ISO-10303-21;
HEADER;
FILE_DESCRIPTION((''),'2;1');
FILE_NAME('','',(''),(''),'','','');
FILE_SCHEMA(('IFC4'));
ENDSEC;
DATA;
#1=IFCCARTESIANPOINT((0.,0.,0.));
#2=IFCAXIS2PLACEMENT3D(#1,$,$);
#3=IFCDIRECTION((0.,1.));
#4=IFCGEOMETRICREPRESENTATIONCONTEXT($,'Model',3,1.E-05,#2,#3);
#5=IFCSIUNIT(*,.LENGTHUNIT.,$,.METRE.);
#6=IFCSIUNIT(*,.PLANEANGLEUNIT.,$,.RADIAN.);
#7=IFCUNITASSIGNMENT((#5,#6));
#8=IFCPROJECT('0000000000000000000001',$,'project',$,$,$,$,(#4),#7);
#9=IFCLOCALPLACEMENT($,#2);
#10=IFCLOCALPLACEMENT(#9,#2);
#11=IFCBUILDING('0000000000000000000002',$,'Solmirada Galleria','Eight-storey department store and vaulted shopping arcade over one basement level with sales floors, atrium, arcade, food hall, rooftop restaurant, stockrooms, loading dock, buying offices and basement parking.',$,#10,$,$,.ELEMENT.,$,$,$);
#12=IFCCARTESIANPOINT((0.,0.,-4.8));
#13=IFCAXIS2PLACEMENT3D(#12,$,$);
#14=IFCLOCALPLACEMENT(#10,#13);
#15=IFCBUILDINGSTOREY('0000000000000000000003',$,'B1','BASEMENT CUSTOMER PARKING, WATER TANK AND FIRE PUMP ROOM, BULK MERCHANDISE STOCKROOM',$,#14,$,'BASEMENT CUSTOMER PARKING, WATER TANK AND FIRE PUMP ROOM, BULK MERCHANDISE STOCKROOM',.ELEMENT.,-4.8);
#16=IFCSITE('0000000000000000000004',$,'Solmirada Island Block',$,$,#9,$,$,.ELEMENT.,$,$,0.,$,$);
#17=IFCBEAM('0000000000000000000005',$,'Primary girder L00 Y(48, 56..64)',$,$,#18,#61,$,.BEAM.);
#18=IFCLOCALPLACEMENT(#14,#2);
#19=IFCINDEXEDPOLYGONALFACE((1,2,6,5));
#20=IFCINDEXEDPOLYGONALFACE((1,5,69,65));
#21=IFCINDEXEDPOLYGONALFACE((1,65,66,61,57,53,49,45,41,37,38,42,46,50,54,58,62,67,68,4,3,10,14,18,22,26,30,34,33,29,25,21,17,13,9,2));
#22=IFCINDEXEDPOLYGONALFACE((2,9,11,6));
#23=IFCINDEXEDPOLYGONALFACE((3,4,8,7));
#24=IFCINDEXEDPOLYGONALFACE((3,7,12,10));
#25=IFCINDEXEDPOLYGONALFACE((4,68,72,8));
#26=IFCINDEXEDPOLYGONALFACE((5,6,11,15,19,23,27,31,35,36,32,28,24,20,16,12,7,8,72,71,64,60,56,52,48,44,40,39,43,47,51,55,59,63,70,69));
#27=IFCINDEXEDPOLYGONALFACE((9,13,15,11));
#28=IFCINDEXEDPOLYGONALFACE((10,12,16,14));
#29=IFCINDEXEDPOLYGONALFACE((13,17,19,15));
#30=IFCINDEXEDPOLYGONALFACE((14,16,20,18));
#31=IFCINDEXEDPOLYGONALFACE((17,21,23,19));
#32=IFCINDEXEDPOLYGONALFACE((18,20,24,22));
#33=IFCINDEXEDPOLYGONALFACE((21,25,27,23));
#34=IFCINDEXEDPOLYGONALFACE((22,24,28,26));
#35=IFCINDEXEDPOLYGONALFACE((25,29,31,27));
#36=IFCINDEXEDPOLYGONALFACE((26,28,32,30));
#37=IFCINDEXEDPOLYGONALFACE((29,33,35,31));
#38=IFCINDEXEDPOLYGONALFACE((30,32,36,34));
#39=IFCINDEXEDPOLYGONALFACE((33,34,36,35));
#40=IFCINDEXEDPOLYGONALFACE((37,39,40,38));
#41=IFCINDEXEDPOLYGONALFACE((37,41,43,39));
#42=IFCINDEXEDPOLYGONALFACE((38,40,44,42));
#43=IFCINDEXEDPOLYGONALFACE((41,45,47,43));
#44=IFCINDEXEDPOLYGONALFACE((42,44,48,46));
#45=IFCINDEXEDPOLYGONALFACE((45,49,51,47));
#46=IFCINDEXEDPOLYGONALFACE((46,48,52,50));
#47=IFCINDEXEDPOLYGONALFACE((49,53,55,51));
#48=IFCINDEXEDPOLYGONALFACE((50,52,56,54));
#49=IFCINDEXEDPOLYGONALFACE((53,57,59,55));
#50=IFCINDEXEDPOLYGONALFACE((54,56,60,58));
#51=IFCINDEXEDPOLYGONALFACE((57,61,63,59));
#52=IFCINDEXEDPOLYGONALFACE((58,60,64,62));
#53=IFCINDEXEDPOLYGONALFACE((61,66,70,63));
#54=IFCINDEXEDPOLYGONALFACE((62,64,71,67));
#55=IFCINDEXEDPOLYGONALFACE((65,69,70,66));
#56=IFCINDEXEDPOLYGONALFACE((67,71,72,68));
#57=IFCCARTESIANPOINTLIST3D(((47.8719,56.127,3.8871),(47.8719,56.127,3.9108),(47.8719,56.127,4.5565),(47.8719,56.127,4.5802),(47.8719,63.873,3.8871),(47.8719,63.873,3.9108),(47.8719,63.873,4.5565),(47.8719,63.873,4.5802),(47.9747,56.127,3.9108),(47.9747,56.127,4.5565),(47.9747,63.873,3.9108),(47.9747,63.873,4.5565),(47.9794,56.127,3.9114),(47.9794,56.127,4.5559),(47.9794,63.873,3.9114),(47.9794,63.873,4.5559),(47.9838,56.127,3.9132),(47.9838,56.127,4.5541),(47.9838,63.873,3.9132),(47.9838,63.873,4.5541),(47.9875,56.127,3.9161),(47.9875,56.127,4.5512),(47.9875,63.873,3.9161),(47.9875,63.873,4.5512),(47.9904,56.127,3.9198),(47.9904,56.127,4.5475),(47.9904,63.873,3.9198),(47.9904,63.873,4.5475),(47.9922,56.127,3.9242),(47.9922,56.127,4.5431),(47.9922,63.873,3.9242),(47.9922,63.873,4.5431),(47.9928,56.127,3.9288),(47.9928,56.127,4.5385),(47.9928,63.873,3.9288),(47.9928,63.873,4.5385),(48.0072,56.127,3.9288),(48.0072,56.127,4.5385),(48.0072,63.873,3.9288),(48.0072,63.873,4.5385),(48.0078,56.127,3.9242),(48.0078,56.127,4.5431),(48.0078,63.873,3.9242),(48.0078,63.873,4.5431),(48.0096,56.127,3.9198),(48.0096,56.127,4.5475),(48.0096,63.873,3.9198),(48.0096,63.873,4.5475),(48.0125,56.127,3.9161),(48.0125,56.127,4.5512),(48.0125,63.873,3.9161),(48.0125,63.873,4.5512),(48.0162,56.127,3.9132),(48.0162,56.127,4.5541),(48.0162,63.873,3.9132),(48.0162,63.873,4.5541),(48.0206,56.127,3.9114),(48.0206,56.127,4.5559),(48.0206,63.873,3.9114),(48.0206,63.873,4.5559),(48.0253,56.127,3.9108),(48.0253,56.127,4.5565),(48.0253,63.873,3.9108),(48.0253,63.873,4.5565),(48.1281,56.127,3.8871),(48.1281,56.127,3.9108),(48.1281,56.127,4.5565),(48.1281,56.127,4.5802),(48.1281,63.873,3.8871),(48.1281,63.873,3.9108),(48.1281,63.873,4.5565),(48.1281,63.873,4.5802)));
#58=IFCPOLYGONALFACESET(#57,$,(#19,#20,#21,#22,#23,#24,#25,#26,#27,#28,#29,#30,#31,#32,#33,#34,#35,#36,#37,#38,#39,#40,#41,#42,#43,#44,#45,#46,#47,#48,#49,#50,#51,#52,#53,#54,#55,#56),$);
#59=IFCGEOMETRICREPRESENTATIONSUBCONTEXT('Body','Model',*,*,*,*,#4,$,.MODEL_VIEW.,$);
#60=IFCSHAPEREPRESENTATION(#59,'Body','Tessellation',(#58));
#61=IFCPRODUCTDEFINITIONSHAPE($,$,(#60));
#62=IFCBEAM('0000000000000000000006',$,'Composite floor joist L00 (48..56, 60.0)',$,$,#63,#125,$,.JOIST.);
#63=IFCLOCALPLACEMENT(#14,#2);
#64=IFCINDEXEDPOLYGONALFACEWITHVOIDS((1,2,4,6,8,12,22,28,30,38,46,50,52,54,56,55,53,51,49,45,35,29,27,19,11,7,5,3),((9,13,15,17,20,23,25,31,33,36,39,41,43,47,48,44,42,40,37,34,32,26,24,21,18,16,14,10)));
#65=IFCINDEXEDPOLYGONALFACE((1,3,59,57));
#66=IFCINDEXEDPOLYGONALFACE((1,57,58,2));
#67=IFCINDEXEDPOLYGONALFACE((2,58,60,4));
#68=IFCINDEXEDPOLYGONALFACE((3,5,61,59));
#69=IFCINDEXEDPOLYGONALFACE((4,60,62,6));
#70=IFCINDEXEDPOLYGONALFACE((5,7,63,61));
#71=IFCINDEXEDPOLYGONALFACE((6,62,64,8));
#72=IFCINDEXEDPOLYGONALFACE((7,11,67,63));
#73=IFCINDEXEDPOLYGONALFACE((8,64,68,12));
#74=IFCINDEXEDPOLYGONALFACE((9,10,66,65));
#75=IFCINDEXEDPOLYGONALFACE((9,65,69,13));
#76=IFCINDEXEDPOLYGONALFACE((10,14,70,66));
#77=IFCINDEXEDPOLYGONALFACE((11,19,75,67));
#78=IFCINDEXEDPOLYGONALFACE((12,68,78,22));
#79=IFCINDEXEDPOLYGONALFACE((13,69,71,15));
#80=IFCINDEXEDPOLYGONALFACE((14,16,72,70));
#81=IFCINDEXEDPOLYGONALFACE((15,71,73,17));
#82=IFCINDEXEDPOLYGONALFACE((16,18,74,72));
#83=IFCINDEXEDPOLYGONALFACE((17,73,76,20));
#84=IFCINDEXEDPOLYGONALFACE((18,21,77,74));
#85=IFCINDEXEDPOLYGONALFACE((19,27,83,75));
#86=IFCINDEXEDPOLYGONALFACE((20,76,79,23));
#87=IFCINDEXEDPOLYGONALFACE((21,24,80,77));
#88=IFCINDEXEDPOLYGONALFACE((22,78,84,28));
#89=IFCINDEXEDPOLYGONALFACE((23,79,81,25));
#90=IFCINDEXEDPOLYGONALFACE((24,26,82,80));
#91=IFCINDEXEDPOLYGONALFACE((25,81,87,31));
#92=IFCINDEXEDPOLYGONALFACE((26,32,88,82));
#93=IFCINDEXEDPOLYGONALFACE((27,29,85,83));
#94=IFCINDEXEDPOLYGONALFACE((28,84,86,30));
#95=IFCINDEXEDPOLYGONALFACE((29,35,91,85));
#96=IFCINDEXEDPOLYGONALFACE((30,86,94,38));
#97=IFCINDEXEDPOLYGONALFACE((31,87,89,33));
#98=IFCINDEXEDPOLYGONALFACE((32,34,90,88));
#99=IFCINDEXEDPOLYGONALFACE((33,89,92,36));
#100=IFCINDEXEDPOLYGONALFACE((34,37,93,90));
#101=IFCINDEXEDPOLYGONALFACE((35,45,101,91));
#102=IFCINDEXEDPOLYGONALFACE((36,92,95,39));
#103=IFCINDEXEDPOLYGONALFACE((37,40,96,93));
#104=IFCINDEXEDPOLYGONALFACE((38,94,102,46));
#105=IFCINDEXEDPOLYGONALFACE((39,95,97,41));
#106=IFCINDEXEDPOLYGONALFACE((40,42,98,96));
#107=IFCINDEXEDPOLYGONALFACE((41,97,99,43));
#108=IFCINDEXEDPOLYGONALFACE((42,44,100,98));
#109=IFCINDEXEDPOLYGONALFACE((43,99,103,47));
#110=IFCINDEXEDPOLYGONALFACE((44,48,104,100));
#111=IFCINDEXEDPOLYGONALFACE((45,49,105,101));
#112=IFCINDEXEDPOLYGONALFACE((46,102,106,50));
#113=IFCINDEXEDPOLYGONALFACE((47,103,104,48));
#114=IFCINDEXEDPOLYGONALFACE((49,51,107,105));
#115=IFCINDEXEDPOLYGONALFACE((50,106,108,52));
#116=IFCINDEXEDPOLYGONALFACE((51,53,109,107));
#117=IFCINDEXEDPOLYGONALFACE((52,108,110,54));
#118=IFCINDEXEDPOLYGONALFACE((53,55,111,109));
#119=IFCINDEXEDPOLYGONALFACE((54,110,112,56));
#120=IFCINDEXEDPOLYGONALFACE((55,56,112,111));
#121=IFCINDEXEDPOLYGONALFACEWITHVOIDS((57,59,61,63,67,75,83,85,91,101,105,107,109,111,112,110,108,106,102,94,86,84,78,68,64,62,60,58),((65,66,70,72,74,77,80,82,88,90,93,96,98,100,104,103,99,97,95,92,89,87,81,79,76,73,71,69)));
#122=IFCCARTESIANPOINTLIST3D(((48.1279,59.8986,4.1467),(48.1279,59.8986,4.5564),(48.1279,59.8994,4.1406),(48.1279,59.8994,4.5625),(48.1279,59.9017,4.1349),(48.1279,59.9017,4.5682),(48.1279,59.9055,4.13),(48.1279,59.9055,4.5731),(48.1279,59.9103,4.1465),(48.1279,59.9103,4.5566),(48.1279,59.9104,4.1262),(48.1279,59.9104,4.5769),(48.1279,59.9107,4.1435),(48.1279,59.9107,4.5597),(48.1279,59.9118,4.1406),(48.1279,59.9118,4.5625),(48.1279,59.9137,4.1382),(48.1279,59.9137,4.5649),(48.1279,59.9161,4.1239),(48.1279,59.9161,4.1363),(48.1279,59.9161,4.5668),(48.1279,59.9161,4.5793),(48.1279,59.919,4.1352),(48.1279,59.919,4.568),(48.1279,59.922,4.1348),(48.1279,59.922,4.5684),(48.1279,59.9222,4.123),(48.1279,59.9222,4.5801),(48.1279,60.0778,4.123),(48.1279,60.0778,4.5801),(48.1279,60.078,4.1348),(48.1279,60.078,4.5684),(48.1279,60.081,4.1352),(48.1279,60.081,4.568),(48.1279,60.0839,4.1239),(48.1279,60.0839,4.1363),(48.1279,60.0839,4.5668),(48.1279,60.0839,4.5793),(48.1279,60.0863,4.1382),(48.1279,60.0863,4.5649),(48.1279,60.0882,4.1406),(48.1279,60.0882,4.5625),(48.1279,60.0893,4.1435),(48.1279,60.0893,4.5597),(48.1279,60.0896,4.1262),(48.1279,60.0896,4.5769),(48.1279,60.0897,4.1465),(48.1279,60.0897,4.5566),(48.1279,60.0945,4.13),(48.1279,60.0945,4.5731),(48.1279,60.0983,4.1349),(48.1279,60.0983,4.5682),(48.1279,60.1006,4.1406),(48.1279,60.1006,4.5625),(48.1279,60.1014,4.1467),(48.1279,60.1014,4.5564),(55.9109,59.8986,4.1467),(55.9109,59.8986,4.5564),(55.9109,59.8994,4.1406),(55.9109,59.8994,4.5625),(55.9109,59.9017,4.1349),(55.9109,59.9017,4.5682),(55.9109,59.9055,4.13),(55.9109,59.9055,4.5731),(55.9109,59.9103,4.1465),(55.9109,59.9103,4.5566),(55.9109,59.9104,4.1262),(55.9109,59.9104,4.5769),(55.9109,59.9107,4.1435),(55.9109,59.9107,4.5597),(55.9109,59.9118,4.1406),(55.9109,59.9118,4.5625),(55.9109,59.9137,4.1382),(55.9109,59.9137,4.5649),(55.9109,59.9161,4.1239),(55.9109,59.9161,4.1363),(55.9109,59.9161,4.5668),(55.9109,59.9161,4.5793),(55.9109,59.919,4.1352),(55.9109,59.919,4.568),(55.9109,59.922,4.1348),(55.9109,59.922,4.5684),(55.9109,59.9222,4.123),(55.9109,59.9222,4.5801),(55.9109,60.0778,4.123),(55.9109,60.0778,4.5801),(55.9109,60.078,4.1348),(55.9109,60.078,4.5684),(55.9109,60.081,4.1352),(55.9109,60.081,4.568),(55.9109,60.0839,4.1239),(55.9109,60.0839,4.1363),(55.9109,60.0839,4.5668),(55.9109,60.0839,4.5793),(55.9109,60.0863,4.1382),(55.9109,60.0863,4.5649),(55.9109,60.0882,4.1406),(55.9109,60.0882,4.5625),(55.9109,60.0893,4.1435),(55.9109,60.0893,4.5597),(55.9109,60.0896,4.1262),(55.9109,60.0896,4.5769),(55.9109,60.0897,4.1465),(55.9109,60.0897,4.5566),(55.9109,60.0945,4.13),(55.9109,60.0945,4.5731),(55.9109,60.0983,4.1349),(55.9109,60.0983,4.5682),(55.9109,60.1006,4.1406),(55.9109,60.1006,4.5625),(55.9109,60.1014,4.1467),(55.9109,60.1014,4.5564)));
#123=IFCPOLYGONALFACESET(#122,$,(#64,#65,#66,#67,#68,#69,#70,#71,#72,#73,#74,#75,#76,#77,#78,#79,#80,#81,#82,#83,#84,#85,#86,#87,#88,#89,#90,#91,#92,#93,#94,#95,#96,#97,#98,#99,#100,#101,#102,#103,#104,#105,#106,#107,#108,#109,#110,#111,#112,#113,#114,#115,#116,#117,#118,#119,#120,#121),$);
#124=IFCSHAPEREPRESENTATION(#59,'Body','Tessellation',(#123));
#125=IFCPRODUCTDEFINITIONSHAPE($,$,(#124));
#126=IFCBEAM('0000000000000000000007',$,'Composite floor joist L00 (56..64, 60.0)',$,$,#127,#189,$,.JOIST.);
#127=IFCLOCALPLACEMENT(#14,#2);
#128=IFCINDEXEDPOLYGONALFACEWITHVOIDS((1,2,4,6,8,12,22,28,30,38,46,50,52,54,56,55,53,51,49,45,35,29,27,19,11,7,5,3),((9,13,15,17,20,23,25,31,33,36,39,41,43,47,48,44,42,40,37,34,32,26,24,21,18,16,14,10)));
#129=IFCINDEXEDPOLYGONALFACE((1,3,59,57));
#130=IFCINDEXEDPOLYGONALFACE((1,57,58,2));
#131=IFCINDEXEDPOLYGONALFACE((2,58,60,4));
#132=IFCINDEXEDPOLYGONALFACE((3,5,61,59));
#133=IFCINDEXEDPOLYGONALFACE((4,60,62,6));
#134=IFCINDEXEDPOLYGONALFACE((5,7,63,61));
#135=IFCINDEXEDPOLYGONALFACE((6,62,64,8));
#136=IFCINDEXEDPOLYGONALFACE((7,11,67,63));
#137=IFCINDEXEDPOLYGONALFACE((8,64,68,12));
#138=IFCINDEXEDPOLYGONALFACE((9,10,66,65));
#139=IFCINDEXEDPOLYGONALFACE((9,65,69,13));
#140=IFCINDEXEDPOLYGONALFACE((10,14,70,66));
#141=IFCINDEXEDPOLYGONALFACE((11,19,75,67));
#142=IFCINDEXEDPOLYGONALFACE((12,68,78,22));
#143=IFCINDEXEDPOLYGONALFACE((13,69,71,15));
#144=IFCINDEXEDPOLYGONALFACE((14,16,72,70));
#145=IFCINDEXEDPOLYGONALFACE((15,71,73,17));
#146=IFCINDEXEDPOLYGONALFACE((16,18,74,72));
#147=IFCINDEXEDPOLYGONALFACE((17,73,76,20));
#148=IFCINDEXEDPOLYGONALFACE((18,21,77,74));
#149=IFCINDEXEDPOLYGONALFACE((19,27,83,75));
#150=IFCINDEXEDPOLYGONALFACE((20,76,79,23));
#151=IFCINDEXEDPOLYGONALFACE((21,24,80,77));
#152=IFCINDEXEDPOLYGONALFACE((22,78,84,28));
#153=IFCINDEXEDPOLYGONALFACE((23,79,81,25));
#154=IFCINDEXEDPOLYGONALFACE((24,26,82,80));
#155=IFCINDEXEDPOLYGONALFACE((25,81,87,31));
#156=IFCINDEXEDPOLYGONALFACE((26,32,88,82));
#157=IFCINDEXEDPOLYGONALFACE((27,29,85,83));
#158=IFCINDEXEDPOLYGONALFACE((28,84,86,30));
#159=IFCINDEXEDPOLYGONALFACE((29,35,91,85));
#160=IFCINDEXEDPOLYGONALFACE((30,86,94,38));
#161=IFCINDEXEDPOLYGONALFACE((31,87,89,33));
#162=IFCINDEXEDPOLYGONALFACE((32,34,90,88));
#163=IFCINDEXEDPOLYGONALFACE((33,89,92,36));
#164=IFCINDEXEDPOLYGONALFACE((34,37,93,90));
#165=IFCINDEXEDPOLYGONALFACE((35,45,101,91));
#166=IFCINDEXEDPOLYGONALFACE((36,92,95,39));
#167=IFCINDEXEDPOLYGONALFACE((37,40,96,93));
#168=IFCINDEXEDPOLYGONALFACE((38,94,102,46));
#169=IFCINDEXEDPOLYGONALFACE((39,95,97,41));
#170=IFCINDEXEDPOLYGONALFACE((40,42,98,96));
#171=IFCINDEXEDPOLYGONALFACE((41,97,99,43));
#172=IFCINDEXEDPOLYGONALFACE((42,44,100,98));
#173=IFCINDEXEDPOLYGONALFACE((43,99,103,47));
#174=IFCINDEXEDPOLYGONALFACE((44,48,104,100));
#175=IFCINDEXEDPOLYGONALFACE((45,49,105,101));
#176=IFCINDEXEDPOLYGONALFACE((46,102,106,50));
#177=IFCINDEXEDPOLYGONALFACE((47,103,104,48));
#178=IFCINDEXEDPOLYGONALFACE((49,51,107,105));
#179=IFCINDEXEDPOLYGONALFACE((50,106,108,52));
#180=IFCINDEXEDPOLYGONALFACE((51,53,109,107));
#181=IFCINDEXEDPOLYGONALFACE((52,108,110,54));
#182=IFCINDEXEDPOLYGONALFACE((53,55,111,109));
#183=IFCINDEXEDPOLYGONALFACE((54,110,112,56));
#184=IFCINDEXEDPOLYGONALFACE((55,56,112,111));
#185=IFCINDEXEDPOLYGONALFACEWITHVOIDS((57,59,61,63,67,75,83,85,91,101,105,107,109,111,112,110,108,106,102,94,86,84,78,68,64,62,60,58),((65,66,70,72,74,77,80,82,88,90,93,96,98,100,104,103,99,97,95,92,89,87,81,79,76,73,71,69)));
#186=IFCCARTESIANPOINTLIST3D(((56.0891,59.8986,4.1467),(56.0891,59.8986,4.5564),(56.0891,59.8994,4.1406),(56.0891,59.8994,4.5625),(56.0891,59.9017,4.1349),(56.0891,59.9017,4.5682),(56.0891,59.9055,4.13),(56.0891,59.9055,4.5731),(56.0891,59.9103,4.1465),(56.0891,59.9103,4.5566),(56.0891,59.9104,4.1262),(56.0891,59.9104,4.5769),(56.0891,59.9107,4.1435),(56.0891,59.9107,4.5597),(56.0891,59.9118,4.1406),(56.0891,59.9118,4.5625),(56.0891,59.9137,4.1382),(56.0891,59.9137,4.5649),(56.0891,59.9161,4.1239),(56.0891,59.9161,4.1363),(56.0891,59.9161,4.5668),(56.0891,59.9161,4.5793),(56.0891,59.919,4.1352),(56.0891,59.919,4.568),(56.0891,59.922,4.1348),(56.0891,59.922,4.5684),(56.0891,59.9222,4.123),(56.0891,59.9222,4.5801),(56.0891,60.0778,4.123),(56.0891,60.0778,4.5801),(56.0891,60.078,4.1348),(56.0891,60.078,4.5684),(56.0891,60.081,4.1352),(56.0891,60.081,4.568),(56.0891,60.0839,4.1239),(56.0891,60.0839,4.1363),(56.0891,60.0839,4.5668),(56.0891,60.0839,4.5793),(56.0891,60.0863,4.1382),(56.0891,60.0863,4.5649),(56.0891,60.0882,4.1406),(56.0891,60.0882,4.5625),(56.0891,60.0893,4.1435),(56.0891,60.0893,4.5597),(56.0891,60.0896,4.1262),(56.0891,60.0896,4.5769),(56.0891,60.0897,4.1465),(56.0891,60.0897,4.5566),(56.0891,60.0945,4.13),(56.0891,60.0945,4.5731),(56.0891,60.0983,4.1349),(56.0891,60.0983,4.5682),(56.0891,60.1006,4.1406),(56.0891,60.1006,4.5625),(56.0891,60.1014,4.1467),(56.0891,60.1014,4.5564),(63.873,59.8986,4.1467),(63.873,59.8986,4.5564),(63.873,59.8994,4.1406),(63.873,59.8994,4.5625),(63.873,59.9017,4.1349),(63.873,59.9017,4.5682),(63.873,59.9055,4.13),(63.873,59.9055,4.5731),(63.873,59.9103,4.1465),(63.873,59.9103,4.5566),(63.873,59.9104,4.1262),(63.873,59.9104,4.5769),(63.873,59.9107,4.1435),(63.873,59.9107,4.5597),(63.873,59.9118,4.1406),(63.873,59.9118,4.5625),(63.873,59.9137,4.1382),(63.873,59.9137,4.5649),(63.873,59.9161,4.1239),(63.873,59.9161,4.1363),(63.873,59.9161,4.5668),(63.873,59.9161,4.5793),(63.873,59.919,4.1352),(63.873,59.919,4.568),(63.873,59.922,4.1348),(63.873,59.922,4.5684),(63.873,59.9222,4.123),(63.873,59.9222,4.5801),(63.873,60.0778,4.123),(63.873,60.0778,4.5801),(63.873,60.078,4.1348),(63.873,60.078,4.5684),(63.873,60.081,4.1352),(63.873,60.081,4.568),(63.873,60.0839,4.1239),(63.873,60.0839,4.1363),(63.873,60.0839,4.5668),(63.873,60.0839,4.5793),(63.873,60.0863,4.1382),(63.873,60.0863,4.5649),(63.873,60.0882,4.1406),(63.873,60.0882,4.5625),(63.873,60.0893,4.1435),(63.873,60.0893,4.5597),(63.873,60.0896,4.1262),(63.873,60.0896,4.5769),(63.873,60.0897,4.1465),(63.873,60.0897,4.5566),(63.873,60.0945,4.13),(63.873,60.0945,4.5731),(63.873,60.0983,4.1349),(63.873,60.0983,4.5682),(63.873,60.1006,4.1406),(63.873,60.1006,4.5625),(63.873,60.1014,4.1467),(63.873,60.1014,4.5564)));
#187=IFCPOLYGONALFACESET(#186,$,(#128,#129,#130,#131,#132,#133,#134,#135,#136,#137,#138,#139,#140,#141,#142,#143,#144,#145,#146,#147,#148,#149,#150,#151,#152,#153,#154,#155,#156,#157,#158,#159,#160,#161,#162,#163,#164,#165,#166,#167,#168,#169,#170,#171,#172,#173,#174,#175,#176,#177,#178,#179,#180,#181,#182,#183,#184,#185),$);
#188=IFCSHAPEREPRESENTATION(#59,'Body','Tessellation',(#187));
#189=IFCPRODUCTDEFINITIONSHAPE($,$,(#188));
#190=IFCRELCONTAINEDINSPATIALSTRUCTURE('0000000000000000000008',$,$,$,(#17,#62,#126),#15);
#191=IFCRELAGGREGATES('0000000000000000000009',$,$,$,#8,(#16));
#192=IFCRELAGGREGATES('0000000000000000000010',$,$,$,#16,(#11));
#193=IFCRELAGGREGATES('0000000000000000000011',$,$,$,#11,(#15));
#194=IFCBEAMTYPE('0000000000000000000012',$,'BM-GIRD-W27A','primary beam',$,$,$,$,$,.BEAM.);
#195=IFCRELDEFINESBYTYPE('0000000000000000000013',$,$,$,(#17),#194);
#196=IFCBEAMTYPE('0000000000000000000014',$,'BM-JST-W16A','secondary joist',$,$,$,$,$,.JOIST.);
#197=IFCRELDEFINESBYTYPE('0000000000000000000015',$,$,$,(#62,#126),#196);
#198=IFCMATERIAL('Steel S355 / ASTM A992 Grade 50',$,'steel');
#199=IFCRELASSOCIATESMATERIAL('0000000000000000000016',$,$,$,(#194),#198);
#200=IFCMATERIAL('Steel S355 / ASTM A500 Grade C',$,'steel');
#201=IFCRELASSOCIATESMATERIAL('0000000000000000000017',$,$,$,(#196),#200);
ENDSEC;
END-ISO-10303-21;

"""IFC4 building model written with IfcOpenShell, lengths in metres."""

from ifc_helpers import new_model, si_unit, direction, frame, origin, origin_2d, place, context, subcontext, project, spatial, hollow_rectangle, i_section, extrude, material, material_profile, profile_set, type_object, element, save


model = new_model("IFC4")

# Units and contexts
model_context = context("Model", 3, precision=1e-05, world=origin(), true_north=direction((0.0, 1.0)))
body_context = subcontext(model_context, "Body", "Model", "MODEL_VIEW")
ifc_project = project(units=[si_unit("LENGTHUNIT", "METRE"), si_unit("PLANEANGLEUNIT", "RADIAN")], contexts=[model_context])

# Site, building, storey
site_placement = place(None, origin())
site = spatial("IfcSite", under=ifc_project, at=site_placement, Name="Solmirada Island Block", CompositionType="ELEMENT", RefElevation=0.0)
building_placement = place(site_placement, origin())
building = spatial("IfcBuilding", under=site, at=building_placement, Name="Solmirada Galleria", Description="Eight-storey department store and vaulted shopping arcade over one basement level with sales floors, atrium, arcade, food hall, rooftop restaurant, stockrooms, loading dock, buying offices and basement parking.", CompositionType="ELEMENT")
storey_placement = place(building_placement, frame((0.0, 0.0, -4.8)))
storey = spatial("IfcBuildingStorey", under=building, at=storey_placement, Name="B1", Description="BASEMENT CUSTOMER PARKING, WATER TANK AND FIRE PUMP ROOM, BULK MERCHANDISE STOCKROOM", LongName="BASEMENT CUSTOMER PARKING, WATER TANK AND FIRE PUMP ROOM, BULK MERCHANDISE STOCKROOM", CompositionType="ELEMENT", Elevation=-4.8)

# Shared definitions
ifc_material_1 = material(Name="Steel S355 / ASTM A500 Grade C", Category="steel")

# Beams
ifc_material_2 = material(Name="Steel S355 / ASTM A992 Grade 50", Category="steel")
ifc_material_profile_1 = material_profile(ifc_material_2, i_section(OverallWidth=0.2561, OverallDepth=0.6931, WebThickness=0.0144, FlangeThickness=0.0237, FilletRadius=0.0181, at=origin_2d()), Name="W27X114")
ifc_profile_set_1 = profile_set([ifc_material_profile_1], Name="Steel S355 / ASTM A992 Grade 50")
beam_type_1 = type_object("IfcBeamType", Name="BM-GIRD-W27A", Description="primary beam", PredefinedType="BEAM", material=ifc_profile_set_1)
beam_1_placement = place(storey_placement, frame((48.0, 56.127, 4.2336), z_axis=(0.0, 1.0, 0.0), x_axis=(-1.0, 0.0, 0.0)))
element("IfcBeam", 1, at=beam_1_placement, inside=storey, type_object=beam_type_1, Name="Primary girder L00 Y(48, 56..64)", PredefinedType="BEAM", context=body_context, shape_type="SweptSolid", body=[
    extrude(i_section(OverallWidth=0.2561, OverallDepth=0.6931, WebThickness=0.0144, FlangeThickness=0.0237, FilletRadius=0.0181, at=origin_2d()), origin(), (0.0, 0.0, 1.0), 7.7461),
])
ifc_material_profile_2 = material_profile(ifc_material_1, hollow_rectangle(XDim=0.2029, YDim=0.457, WallThickness=0.0117, InnerFilletRadius=0.0117, OuterFilletRadius=0.0237, at=origin_2d()), Name="HSS18X8X1/2")
ifc_profile_set_2 = profile_set([ifc_material_profile_2], Name="Steel S355 / ASTM A500 Grade C")
beam_type_2 = type_object("IfcBeamType", Name="BM-JST-W16A", Description="secondary joist", PredefinedType="JOIST", material=ifc_profile_set_2)
beam_2_placement = place(storey_placement, frame((48.1279, 60.0, 4.3516), z_axis=(1.0, 0.0, 0.0), x_axis=(0.0, 1.0, 0.0)))
element("IfcBeam", 2, at=beam_2_placement, inside=storey, type_object=beam_type_2, Name="Composite floor joist L00 (48..56, 60.0)", PredefinedType="JOIST", context=body_context, shape_type="SweptSolid", body=[
    extrude(hollow_rectangle(XDim=0.2029, YDim=0.457, WallThickness=0.0117, InnerFilletRadius=0.0117, OuterFilletRadius=0.0237, at=origin_2d()), origin(), (0.0, 0.0, 1.0), 7.783),
])
beam_3_placement = place(storey_placement, frame((56.0891, 60.0, 4.3516), z_axis=(1.0, 0.0, 0.0), x_axis=(0.0, 1.0, 0.0)))
element("IfcBeam", 3, at=beam_3_placement, inside=storey, type_object=beam_type_2, Name="Composite floor joist L00 (56..64, 60.0)", PredefinedType="JOIST", context=body_context, shape_type="SweptSolid", body=[
    extrude(hollow_rectangle(XDim=0.2029, YDim=0.457, WallThickness=0.0117, InnerFilletRadius=0.0117, OuterFilletRadius=0.0237, at=origin_2d()), origin(), (0.0, 0.0, 1.0), 7.7839),
])

save(model, "model.ifc")
